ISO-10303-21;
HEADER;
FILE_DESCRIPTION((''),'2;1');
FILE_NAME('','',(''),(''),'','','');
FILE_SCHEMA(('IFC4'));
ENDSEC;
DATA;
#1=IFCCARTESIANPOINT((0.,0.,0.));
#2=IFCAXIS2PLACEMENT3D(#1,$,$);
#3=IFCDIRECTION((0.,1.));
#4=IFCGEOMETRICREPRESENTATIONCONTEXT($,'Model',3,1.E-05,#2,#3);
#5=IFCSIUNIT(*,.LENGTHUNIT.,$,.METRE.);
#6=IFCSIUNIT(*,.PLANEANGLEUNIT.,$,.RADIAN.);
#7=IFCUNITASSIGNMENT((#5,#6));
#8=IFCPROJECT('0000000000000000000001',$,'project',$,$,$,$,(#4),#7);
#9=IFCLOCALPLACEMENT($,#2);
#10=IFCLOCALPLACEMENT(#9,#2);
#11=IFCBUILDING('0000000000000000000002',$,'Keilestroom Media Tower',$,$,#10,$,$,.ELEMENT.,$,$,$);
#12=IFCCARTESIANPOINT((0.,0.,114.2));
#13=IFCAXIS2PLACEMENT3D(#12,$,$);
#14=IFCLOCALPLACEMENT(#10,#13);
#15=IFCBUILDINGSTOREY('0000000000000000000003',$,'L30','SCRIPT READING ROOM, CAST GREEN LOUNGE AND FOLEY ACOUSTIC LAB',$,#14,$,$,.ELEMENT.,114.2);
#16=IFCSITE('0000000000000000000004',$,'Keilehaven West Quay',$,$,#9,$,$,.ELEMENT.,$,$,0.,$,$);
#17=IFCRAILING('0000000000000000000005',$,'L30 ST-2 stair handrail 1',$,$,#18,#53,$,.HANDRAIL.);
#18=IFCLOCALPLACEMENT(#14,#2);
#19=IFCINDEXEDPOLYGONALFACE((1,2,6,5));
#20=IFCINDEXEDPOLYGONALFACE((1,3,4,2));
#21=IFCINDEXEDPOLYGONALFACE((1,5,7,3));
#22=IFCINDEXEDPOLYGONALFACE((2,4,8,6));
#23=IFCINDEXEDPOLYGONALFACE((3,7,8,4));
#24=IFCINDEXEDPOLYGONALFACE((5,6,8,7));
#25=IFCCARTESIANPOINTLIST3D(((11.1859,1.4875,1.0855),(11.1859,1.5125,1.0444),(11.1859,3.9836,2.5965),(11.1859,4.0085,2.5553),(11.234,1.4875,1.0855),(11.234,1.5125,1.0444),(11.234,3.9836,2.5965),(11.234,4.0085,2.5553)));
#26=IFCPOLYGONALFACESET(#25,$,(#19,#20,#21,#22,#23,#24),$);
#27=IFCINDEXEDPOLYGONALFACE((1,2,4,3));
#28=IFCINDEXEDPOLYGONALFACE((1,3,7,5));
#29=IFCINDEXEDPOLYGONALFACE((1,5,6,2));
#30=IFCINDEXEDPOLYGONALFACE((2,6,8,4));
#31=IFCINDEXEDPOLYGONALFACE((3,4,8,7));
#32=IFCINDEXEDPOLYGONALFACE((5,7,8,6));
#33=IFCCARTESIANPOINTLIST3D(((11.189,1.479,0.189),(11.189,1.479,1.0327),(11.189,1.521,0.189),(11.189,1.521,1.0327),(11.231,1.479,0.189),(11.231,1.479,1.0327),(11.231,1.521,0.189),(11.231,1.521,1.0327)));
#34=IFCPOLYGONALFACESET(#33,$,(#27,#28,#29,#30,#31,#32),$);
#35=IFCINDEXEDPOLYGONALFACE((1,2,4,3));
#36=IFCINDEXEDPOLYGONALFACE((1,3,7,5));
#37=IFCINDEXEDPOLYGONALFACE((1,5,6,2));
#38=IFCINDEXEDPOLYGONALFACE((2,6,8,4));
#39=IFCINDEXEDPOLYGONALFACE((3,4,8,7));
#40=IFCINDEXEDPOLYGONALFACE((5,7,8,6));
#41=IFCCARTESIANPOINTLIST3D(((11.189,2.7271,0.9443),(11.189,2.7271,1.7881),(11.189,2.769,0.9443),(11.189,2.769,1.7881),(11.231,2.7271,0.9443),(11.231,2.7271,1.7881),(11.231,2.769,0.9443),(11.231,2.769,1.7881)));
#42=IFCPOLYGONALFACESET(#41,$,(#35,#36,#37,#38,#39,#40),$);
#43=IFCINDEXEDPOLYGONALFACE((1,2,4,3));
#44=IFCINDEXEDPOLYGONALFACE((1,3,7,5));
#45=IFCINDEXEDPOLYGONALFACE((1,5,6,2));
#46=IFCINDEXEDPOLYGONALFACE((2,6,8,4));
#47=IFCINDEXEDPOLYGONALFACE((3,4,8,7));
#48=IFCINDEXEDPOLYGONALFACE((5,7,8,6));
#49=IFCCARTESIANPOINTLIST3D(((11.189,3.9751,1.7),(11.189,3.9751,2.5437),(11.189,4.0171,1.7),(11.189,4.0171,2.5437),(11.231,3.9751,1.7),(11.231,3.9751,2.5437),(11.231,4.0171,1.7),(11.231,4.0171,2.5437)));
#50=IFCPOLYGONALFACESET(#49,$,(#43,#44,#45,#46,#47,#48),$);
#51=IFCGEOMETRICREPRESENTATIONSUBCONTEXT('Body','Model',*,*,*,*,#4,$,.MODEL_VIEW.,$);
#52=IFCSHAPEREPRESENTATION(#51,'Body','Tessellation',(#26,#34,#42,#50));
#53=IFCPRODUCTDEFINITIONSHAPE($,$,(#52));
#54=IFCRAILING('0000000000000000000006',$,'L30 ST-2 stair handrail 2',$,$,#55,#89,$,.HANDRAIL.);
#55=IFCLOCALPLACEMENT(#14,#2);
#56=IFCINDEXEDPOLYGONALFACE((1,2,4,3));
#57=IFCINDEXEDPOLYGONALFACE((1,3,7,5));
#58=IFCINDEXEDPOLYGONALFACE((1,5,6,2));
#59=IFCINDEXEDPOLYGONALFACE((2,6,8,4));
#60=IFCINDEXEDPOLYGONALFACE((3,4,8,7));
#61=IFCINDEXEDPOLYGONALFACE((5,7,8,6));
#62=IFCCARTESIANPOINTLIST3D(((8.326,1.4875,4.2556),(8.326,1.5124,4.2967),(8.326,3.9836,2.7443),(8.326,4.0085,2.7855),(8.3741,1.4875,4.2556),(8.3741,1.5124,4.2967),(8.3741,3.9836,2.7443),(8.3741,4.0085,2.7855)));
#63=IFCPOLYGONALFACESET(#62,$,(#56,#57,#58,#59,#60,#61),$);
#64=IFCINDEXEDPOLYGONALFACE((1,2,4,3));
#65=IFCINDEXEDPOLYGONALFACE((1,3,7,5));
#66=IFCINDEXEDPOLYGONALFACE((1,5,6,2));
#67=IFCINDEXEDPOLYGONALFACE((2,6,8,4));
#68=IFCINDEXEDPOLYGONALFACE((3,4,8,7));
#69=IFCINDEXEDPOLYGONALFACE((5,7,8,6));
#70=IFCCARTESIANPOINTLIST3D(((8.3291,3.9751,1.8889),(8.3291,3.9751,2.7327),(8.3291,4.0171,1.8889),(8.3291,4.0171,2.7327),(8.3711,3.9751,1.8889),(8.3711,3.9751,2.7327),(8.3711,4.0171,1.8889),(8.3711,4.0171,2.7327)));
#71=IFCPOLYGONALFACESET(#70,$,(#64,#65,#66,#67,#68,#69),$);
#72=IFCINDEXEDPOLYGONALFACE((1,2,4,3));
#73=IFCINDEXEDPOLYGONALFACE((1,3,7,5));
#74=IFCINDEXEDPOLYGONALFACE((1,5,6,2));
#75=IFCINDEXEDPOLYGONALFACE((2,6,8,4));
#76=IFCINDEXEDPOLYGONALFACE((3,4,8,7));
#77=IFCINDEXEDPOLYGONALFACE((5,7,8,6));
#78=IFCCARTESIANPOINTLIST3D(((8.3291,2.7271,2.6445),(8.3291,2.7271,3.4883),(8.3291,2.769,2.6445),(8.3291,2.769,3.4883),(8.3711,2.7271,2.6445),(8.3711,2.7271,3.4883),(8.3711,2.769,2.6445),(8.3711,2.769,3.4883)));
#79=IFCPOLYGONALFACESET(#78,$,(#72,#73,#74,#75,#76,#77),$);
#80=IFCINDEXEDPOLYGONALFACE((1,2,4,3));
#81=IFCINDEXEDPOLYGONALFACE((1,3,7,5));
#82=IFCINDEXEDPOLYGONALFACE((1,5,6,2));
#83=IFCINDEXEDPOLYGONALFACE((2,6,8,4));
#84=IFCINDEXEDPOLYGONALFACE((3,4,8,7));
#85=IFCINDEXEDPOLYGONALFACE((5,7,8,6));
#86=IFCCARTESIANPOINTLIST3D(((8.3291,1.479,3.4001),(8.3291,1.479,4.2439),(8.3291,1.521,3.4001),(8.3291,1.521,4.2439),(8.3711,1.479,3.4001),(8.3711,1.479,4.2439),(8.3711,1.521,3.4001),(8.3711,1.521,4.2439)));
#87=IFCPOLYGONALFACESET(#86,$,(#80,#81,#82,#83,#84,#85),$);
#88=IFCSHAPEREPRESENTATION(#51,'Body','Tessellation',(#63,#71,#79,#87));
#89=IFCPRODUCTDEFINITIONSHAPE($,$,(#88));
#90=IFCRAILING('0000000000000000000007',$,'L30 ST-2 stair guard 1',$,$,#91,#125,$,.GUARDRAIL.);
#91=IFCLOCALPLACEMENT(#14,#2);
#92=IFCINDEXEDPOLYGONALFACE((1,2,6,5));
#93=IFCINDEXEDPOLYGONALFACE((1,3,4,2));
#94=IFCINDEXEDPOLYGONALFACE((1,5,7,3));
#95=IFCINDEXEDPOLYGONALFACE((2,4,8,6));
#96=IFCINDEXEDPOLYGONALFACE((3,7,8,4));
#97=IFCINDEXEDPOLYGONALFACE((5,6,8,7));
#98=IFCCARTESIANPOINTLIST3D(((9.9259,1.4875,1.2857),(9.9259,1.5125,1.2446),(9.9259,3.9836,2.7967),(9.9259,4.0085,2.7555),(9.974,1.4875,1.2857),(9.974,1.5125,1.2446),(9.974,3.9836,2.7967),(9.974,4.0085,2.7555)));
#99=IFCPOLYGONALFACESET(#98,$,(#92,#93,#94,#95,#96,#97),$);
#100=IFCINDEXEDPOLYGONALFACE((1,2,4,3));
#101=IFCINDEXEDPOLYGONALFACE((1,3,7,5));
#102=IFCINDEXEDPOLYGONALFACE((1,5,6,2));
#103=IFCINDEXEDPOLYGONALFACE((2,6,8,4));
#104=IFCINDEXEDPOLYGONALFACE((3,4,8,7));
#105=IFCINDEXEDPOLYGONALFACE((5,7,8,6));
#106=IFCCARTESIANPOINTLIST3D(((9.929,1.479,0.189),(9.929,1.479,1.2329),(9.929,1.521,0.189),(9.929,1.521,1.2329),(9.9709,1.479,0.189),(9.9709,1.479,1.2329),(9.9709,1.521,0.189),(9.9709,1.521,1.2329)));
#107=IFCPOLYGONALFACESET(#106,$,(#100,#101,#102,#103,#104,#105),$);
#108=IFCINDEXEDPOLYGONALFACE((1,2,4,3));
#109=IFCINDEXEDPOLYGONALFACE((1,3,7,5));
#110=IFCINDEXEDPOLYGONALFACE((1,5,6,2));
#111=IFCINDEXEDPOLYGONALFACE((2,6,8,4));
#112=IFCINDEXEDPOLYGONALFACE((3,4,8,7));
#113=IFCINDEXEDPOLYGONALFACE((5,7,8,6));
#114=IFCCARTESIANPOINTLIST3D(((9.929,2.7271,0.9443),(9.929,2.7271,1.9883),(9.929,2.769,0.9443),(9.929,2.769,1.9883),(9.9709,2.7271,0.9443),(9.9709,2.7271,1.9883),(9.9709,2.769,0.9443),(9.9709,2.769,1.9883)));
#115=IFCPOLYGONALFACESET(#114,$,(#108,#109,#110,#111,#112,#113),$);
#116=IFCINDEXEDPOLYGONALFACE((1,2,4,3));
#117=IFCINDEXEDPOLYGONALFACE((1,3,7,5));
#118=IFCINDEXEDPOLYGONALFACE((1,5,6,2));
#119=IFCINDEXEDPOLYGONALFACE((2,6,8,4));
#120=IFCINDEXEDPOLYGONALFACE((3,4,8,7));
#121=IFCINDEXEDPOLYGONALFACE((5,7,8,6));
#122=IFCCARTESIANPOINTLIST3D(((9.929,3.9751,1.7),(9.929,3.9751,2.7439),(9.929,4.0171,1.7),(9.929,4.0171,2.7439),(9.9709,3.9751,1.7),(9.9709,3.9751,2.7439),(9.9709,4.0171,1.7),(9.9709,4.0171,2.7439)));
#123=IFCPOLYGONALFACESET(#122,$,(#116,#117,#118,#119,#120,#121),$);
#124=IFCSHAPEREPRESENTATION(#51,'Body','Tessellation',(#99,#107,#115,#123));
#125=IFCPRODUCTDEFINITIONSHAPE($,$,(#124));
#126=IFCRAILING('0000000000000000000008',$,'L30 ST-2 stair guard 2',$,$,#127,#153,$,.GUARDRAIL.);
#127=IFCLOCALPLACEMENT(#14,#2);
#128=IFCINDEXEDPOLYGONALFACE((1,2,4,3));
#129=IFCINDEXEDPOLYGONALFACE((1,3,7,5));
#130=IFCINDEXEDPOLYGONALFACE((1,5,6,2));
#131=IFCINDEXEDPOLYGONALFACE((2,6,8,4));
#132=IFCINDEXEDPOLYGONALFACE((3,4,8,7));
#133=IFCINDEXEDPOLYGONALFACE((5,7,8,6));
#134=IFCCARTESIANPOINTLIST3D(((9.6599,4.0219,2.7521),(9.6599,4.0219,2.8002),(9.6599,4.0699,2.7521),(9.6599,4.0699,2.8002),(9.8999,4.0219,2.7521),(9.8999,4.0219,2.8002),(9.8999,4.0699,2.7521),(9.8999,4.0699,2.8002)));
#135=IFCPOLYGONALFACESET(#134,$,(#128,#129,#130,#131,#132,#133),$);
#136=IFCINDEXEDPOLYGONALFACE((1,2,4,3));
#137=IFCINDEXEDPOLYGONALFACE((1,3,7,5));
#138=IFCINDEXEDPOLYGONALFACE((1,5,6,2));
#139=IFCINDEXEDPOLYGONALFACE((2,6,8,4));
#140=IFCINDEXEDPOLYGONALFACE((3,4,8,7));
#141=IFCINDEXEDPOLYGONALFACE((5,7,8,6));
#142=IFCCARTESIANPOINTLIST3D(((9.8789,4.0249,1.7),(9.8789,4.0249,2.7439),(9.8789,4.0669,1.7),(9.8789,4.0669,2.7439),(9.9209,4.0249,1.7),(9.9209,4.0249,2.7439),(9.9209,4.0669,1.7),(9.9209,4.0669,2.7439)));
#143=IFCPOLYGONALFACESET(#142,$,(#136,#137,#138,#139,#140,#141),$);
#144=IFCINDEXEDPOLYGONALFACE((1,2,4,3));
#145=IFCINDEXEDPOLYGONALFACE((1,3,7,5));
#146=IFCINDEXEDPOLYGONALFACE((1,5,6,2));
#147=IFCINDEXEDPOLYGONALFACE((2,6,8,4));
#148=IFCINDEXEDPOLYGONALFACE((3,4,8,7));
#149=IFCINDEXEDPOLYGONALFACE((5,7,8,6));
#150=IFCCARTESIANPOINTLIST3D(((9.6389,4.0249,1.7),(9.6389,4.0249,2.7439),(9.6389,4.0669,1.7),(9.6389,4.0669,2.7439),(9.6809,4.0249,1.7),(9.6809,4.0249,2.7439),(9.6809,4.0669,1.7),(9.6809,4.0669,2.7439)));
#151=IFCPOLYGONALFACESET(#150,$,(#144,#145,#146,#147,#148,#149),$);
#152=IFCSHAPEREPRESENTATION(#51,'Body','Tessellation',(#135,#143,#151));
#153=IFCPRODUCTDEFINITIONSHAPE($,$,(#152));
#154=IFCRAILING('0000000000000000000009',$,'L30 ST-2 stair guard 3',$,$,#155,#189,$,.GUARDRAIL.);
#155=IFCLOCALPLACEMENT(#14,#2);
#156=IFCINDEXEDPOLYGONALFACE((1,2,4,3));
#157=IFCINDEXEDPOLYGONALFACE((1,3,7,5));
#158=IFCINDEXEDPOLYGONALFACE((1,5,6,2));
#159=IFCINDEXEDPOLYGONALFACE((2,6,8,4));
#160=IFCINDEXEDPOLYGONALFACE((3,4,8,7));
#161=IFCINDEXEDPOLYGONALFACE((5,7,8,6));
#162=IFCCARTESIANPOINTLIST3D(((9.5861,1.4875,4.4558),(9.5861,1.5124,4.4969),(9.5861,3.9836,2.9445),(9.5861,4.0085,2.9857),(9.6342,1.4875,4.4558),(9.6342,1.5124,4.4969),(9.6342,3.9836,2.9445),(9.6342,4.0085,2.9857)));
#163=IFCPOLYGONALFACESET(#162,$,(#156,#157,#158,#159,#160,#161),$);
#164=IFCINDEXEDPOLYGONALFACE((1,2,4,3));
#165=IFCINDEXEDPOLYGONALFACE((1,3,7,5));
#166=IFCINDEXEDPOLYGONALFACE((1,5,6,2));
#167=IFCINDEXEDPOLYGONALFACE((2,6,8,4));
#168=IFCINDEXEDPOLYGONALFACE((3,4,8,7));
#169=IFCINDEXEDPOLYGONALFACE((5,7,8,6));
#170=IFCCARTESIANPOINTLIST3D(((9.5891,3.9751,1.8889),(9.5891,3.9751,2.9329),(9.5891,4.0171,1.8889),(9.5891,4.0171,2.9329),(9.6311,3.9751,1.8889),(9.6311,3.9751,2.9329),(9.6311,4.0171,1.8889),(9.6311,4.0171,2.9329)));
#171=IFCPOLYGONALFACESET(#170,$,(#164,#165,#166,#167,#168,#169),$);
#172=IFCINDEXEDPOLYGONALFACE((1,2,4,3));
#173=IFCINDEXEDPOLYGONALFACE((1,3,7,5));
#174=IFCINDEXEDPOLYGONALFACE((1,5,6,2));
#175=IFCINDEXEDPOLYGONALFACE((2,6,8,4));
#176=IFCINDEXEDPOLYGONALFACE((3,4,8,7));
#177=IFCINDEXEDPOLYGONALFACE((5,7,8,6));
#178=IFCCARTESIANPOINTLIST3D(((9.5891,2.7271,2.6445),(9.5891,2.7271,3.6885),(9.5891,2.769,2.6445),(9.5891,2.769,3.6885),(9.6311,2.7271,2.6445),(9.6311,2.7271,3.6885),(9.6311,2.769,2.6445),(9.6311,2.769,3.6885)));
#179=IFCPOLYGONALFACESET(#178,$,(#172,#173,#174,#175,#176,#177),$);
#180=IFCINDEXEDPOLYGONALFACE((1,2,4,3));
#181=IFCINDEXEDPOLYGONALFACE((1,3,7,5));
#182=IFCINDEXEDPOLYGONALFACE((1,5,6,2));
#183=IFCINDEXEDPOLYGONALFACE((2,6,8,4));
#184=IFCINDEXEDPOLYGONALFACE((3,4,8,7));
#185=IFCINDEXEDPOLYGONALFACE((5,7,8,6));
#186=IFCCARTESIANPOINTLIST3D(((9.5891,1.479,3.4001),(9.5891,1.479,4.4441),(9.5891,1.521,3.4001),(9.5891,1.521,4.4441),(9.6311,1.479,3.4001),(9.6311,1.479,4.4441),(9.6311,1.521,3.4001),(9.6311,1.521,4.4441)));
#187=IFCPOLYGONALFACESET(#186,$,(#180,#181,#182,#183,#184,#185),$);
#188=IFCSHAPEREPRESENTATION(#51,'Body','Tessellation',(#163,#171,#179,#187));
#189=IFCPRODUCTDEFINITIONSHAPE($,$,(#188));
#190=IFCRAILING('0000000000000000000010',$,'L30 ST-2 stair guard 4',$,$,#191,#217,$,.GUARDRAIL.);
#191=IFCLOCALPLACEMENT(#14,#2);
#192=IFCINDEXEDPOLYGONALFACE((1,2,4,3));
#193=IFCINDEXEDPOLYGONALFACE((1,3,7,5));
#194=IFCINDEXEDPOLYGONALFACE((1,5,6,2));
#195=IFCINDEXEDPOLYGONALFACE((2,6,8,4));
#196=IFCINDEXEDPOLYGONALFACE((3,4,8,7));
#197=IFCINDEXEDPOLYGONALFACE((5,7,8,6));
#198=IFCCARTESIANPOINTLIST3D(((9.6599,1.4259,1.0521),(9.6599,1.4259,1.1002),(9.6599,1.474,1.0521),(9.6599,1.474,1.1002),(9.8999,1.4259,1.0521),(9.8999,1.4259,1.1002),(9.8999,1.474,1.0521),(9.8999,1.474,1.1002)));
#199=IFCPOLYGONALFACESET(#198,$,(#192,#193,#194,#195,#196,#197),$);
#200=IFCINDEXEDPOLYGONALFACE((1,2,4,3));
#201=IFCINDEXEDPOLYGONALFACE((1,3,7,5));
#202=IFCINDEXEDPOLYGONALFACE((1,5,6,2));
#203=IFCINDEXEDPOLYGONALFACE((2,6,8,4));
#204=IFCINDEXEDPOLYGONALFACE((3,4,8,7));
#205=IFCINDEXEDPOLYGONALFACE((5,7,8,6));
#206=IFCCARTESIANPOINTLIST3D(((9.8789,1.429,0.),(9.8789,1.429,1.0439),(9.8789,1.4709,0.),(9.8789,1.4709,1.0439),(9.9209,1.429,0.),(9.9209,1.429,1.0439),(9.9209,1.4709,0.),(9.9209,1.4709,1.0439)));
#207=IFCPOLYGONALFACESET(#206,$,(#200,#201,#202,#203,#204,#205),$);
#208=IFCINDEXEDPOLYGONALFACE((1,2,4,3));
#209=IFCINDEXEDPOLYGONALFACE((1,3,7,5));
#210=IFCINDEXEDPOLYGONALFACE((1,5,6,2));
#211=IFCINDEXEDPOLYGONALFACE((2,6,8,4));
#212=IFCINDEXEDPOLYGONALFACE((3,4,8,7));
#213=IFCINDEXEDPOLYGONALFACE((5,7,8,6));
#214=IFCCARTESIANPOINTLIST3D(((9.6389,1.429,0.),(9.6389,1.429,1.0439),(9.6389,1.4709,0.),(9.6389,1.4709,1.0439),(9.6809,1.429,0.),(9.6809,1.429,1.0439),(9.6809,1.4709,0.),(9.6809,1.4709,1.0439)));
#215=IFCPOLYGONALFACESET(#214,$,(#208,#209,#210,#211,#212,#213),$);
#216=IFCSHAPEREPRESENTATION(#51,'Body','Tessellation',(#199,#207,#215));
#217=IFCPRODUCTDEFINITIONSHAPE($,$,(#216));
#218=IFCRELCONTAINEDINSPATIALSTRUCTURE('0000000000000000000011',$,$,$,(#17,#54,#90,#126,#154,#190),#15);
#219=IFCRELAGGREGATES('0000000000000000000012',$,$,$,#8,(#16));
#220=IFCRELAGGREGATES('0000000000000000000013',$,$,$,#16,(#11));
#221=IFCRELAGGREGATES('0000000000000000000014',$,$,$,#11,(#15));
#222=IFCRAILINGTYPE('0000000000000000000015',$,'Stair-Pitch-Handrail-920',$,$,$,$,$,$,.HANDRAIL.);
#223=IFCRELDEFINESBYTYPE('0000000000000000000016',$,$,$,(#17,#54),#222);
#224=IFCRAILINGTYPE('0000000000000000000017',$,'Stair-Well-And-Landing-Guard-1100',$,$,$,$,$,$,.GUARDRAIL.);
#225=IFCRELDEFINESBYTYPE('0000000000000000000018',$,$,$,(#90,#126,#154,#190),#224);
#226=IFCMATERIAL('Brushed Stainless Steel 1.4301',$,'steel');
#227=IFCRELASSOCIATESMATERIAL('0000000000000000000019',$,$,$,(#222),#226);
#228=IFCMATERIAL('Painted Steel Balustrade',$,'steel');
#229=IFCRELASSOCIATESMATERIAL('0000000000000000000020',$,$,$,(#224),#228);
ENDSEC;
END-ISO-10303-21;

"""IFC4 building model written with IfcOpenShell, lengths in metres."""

from ifc_helpers import new_model, si_unit, direction, frame, origin, origin_2d, place, context, subcontext, project, spatial, rectangle, extrude, material, type_object, element, save


model = new_model("IFC4")

# Units and contexts
model_context = context("Model", 3, precision=1e-05, world=origin(), true_north=direction((0.0, 1.0)))
body_context = subcontext(model_context, "Body", "Model", "MODEL_VIEW")
ifc_project = project(units=[si_unit("LENGTHUNIT", "METRE"), si_unit("PLANEANGLEUNIT", "RADIAN")], contexts=[model_context])

# Site, building, storey
site_placement = place(None, origin())
site = spatial("IfcSite", under=ifc_project, at=site_placement, Name="Keilehaven West Quay", CompositionType="ELEMENT", RefElevation=0.0)
building_placement = place(site_placement, origin())
building = spatial("IfcBuilding", under=site, at=building_placement, Name="Keilestroom Media Tower", CompositionType="ELEMENT")
storey_placement = place(building_placement, frame((0.0, 0.0, 114.2)))
storey = spatial("IfcBuildingStorey", under=building, at=storey_placement, Name="L30", Description="SCRIPT READING ROOM, CAST GREEN LOUNGE AND FOLEY ACOUSTIC LAB", CompositionType="ELEMENT", Elevation=114.2)

# Railings
ifc_material_1 = material(Name="Brushed Stainless Steel 1.4301", Category="steel")
railing_type_1 = type_object("IfcRailingType", Name="Stair-Pitch-Handrail-920", PredefinedType="HANDRAIL", material=ifc_material_1)
railing_1_placement = place(storey_placement, frame((11.21, 1.5, 0.189)))
element("IfcRailing", 1, at=railing_1_placement, inside=storey, type_object=railing_type_1, Name="L30 ST-2 stair handrail 1", PredefinedType="HANDRAIL", context=body_context, shape_type="SweptSolid", body=[
    extrude(rectangle(XDim=0.0481, YDim=0.0481, at=origin_2d()), frame((0.0, 0.0, 0.876), z_axis=(0.0, 0.855471, 0.517851), x_axis=(-1.0, 0.0, 0.0)), (0.0, 0.0, 1.0), 2.9177),
    extrude(rectangle(XDim=0.042, YDim=0.042, at=origin_2d()), origin(), (0.0, 0.0, 1.0), 0.8438),
    extrude(rectangle(XDim=0.042, YDim=0.042, at=origin_2d()), frame((0.0, 1.248, 0.7554)), (0.0, 0.0, 1.0), 0.8438),
    extrude(rectangle(XDim=0.042, YDim=0.042, at=origin_2d()), frame((0.0, 2.4961, 1.511)), (0.0, 0.0, 1.0), 0.8438),
])
railing_2_placement = place(storey_placement, frame((8.3501, 3.9961, 1.8889)))
element("IfcRailing", 2, at=railing_2_placement, inside=storey, type_object=railing_type_1, Name="L30 ST-2 stair handrail 2", PredefinedType="HANDRAIL", context=body_context, shape_type="SweptSolid", body=[
    extrude(rectangle(XDim=0.0481, YDim=0.0481, at=origin_2d()), frame((0.0, 0.0, 0.876), z_axis=(0.0, -0.855434, 0.517912), x_axis=(1.0, 0.0, 0.0)), (0.0, 0.0, 1.0), 2.918),
    extrude(rectangle(XDim=0.042, YDim=0.042, at=origin_2d()), origin(), (0.0, 0.0, 1.0), 0.8438),
    extrude(rectangle(XDim=0.042, YDim=0.042, at=origin_2d()), frame((0.0, -1.248, 0.7556)), (0.0, 0.0, 1.0), 0.8438),
    extrude(rectangle(XDim=0.042, YDim=0.042, at=origin_2d()), frame((0.0, -2.4961, 1.5112)), (0.0, 0.0, 1.0), 0.8438),
])
ifc_material_2 = material(Name="Painted Steel Balustrade", Category="steel")
railing_type_2 = type_object("IfcRailingType", Name="Stair-Well-And-Landing-Guard-1100", PredefinedType="GUARDRAIL", material=ifc_material_2)
railing_3_placement = place(storey_placement, frame((9.95, 1.5, 0.189)))
element("IfcRailing", 3, at=railing_3_placement, inside=storey, type_object=railing_type_2, Name="L30 ST-2 stair guard 1", PredefinedType="GUARDRAIL", context=body_context, shape_type="SweptSolid", body=[
    extrude(rectangle(XDim=0.0481, YDim=0.0481, at=origin_2d()), frame((0.0, 0.0, 1.0762), z_axis=(0.0, 0.855471, 0.517851), x_axis=(-1.0, 0.0, 0.0)), (0.0, 0.0, 1.0), 2.9177),
    extrude(rectangle(XDim=0.042, YDim=0.042, at=origin_2d()), origin(), (0.0, 0.0, 1.0), 1.0439),
    extrude(rectangle(XDim=0.042, YDim=0.042, at=origin_2d()), frame((0.0, 1.248, 0.7554)), (0.0, 0.0, 1.0), 1.0439),
    extrude(rectangle(XDim=0.042, YDim=0.042, at=origin_2d()), frame((0.0, 2.4961, 1.511)), (0.0, 0.0, 1.0), 1.0439),
])
railing_4_placement = place(storey_placement, frame((9.8999, 4.0459, 1.7)))
element("IfcRailing", 4, at=railing_4_placement, inside=storey, type_object=railing_type_2, Name="L30 ST-2 stair guard 2", PredefinedType="GUARDRAIL", context=body_context, shape_type="SweptSolid", body=[
    extrude(rectangle(XDim=0.0481, YDim=0.0481, at=origin_2d()), frame((0.0, 0.0, 1.0762), z_axis=(-1.0, 0.0, 0.0), x_axis=(0.0, -1.0, 0.0)), (0.0, 0.0, 1.0), 0.24),
    extrude(rectangle(XDim=0.042, YDim=0.042, at=origin_2d()), origin(), (0.0, 0.0, 1.0), 1.0439),
    extrude(rectangle(XDim=0.042, YDim=0.042, at=origin_2d()), frame((-0.24, 0.0, 0.0)), (0.0, 0.0, 1.0), 1.0439),
])
railing_5_placement = place(storey_placement, frame((9.6101, 3.9961, 1.8889)))
element("IfcRailing", 5, at=railing_5_placement, inside=storey, type_object=railing_type_2, Name="L30 ST-2 stair guard 3", PredefinedType="GUARDRAIL", context=body_context, shape_type="SweptSolid", body=[
    extrude(rectangle(XDim=0.0481, YDim=0.0481, at=origin_2d()), frame((0.0, 0.0, 1.0762), z_axis=(0.0, -0.855434, 0.517912), x_axis=(1.0, 0.0, 0.0)), (0.0, 0.0, 1.0), 2.918),
    extrude(rectangle(XDim=0.042, YDim=0.042, at=origin_2d()), origin(), (0.0, 0.0, 1.0), 1.0439),
    extrude(rectangle(XDim=0.042, YDim=0.042, at=origin_2d()), frame((0.0, -1.248, 0.7556)), (0.0, 0.0, 1.0), 1.0439),
    extrude(rectangle(XDim=0.042, YDim=0.042, at=origin_2d()), frame((0.0, -2.4961, 1.5112)), (0.0, 0.0, 1.0), 1.0439),
])
railing_6_placement = place(storey_placement, frame((9.8999, 1.45, 0.0)))
element("IfcRailing", 6, at=railing_6_placement, inside=storey, type_object=railing_type_2, Name="L30 ST-2 stair guard 4", PredefinedType="GUARDRAIL", context=body_context, shape_type="SweptSolid", body=[
    extrude(rectangle(XDim=0.0481, YDim=0.0481, at=origin_2d()), frame((0.0, 0.0, 1.0762), z_axis=(-1.0, 0.0, 0.0), x_axis=(0.0, -1.0, 0.0)), (0.0, 0.0, 1.0), 0.24),
    extrude(rectangle(XDim=0.042, YDim=0.042, at=origin_2d()), origin(), (0.0, 0.0, 1.0), 1.0439),
    extrude(rectangle(XDim=0.042, YDim=0.042, at=origin_2d()), frame((-0.24, 0.0, 0.0)), (0.0, 0.0, 1.0), 1.0439),
])

save(model, "model.ifc")
